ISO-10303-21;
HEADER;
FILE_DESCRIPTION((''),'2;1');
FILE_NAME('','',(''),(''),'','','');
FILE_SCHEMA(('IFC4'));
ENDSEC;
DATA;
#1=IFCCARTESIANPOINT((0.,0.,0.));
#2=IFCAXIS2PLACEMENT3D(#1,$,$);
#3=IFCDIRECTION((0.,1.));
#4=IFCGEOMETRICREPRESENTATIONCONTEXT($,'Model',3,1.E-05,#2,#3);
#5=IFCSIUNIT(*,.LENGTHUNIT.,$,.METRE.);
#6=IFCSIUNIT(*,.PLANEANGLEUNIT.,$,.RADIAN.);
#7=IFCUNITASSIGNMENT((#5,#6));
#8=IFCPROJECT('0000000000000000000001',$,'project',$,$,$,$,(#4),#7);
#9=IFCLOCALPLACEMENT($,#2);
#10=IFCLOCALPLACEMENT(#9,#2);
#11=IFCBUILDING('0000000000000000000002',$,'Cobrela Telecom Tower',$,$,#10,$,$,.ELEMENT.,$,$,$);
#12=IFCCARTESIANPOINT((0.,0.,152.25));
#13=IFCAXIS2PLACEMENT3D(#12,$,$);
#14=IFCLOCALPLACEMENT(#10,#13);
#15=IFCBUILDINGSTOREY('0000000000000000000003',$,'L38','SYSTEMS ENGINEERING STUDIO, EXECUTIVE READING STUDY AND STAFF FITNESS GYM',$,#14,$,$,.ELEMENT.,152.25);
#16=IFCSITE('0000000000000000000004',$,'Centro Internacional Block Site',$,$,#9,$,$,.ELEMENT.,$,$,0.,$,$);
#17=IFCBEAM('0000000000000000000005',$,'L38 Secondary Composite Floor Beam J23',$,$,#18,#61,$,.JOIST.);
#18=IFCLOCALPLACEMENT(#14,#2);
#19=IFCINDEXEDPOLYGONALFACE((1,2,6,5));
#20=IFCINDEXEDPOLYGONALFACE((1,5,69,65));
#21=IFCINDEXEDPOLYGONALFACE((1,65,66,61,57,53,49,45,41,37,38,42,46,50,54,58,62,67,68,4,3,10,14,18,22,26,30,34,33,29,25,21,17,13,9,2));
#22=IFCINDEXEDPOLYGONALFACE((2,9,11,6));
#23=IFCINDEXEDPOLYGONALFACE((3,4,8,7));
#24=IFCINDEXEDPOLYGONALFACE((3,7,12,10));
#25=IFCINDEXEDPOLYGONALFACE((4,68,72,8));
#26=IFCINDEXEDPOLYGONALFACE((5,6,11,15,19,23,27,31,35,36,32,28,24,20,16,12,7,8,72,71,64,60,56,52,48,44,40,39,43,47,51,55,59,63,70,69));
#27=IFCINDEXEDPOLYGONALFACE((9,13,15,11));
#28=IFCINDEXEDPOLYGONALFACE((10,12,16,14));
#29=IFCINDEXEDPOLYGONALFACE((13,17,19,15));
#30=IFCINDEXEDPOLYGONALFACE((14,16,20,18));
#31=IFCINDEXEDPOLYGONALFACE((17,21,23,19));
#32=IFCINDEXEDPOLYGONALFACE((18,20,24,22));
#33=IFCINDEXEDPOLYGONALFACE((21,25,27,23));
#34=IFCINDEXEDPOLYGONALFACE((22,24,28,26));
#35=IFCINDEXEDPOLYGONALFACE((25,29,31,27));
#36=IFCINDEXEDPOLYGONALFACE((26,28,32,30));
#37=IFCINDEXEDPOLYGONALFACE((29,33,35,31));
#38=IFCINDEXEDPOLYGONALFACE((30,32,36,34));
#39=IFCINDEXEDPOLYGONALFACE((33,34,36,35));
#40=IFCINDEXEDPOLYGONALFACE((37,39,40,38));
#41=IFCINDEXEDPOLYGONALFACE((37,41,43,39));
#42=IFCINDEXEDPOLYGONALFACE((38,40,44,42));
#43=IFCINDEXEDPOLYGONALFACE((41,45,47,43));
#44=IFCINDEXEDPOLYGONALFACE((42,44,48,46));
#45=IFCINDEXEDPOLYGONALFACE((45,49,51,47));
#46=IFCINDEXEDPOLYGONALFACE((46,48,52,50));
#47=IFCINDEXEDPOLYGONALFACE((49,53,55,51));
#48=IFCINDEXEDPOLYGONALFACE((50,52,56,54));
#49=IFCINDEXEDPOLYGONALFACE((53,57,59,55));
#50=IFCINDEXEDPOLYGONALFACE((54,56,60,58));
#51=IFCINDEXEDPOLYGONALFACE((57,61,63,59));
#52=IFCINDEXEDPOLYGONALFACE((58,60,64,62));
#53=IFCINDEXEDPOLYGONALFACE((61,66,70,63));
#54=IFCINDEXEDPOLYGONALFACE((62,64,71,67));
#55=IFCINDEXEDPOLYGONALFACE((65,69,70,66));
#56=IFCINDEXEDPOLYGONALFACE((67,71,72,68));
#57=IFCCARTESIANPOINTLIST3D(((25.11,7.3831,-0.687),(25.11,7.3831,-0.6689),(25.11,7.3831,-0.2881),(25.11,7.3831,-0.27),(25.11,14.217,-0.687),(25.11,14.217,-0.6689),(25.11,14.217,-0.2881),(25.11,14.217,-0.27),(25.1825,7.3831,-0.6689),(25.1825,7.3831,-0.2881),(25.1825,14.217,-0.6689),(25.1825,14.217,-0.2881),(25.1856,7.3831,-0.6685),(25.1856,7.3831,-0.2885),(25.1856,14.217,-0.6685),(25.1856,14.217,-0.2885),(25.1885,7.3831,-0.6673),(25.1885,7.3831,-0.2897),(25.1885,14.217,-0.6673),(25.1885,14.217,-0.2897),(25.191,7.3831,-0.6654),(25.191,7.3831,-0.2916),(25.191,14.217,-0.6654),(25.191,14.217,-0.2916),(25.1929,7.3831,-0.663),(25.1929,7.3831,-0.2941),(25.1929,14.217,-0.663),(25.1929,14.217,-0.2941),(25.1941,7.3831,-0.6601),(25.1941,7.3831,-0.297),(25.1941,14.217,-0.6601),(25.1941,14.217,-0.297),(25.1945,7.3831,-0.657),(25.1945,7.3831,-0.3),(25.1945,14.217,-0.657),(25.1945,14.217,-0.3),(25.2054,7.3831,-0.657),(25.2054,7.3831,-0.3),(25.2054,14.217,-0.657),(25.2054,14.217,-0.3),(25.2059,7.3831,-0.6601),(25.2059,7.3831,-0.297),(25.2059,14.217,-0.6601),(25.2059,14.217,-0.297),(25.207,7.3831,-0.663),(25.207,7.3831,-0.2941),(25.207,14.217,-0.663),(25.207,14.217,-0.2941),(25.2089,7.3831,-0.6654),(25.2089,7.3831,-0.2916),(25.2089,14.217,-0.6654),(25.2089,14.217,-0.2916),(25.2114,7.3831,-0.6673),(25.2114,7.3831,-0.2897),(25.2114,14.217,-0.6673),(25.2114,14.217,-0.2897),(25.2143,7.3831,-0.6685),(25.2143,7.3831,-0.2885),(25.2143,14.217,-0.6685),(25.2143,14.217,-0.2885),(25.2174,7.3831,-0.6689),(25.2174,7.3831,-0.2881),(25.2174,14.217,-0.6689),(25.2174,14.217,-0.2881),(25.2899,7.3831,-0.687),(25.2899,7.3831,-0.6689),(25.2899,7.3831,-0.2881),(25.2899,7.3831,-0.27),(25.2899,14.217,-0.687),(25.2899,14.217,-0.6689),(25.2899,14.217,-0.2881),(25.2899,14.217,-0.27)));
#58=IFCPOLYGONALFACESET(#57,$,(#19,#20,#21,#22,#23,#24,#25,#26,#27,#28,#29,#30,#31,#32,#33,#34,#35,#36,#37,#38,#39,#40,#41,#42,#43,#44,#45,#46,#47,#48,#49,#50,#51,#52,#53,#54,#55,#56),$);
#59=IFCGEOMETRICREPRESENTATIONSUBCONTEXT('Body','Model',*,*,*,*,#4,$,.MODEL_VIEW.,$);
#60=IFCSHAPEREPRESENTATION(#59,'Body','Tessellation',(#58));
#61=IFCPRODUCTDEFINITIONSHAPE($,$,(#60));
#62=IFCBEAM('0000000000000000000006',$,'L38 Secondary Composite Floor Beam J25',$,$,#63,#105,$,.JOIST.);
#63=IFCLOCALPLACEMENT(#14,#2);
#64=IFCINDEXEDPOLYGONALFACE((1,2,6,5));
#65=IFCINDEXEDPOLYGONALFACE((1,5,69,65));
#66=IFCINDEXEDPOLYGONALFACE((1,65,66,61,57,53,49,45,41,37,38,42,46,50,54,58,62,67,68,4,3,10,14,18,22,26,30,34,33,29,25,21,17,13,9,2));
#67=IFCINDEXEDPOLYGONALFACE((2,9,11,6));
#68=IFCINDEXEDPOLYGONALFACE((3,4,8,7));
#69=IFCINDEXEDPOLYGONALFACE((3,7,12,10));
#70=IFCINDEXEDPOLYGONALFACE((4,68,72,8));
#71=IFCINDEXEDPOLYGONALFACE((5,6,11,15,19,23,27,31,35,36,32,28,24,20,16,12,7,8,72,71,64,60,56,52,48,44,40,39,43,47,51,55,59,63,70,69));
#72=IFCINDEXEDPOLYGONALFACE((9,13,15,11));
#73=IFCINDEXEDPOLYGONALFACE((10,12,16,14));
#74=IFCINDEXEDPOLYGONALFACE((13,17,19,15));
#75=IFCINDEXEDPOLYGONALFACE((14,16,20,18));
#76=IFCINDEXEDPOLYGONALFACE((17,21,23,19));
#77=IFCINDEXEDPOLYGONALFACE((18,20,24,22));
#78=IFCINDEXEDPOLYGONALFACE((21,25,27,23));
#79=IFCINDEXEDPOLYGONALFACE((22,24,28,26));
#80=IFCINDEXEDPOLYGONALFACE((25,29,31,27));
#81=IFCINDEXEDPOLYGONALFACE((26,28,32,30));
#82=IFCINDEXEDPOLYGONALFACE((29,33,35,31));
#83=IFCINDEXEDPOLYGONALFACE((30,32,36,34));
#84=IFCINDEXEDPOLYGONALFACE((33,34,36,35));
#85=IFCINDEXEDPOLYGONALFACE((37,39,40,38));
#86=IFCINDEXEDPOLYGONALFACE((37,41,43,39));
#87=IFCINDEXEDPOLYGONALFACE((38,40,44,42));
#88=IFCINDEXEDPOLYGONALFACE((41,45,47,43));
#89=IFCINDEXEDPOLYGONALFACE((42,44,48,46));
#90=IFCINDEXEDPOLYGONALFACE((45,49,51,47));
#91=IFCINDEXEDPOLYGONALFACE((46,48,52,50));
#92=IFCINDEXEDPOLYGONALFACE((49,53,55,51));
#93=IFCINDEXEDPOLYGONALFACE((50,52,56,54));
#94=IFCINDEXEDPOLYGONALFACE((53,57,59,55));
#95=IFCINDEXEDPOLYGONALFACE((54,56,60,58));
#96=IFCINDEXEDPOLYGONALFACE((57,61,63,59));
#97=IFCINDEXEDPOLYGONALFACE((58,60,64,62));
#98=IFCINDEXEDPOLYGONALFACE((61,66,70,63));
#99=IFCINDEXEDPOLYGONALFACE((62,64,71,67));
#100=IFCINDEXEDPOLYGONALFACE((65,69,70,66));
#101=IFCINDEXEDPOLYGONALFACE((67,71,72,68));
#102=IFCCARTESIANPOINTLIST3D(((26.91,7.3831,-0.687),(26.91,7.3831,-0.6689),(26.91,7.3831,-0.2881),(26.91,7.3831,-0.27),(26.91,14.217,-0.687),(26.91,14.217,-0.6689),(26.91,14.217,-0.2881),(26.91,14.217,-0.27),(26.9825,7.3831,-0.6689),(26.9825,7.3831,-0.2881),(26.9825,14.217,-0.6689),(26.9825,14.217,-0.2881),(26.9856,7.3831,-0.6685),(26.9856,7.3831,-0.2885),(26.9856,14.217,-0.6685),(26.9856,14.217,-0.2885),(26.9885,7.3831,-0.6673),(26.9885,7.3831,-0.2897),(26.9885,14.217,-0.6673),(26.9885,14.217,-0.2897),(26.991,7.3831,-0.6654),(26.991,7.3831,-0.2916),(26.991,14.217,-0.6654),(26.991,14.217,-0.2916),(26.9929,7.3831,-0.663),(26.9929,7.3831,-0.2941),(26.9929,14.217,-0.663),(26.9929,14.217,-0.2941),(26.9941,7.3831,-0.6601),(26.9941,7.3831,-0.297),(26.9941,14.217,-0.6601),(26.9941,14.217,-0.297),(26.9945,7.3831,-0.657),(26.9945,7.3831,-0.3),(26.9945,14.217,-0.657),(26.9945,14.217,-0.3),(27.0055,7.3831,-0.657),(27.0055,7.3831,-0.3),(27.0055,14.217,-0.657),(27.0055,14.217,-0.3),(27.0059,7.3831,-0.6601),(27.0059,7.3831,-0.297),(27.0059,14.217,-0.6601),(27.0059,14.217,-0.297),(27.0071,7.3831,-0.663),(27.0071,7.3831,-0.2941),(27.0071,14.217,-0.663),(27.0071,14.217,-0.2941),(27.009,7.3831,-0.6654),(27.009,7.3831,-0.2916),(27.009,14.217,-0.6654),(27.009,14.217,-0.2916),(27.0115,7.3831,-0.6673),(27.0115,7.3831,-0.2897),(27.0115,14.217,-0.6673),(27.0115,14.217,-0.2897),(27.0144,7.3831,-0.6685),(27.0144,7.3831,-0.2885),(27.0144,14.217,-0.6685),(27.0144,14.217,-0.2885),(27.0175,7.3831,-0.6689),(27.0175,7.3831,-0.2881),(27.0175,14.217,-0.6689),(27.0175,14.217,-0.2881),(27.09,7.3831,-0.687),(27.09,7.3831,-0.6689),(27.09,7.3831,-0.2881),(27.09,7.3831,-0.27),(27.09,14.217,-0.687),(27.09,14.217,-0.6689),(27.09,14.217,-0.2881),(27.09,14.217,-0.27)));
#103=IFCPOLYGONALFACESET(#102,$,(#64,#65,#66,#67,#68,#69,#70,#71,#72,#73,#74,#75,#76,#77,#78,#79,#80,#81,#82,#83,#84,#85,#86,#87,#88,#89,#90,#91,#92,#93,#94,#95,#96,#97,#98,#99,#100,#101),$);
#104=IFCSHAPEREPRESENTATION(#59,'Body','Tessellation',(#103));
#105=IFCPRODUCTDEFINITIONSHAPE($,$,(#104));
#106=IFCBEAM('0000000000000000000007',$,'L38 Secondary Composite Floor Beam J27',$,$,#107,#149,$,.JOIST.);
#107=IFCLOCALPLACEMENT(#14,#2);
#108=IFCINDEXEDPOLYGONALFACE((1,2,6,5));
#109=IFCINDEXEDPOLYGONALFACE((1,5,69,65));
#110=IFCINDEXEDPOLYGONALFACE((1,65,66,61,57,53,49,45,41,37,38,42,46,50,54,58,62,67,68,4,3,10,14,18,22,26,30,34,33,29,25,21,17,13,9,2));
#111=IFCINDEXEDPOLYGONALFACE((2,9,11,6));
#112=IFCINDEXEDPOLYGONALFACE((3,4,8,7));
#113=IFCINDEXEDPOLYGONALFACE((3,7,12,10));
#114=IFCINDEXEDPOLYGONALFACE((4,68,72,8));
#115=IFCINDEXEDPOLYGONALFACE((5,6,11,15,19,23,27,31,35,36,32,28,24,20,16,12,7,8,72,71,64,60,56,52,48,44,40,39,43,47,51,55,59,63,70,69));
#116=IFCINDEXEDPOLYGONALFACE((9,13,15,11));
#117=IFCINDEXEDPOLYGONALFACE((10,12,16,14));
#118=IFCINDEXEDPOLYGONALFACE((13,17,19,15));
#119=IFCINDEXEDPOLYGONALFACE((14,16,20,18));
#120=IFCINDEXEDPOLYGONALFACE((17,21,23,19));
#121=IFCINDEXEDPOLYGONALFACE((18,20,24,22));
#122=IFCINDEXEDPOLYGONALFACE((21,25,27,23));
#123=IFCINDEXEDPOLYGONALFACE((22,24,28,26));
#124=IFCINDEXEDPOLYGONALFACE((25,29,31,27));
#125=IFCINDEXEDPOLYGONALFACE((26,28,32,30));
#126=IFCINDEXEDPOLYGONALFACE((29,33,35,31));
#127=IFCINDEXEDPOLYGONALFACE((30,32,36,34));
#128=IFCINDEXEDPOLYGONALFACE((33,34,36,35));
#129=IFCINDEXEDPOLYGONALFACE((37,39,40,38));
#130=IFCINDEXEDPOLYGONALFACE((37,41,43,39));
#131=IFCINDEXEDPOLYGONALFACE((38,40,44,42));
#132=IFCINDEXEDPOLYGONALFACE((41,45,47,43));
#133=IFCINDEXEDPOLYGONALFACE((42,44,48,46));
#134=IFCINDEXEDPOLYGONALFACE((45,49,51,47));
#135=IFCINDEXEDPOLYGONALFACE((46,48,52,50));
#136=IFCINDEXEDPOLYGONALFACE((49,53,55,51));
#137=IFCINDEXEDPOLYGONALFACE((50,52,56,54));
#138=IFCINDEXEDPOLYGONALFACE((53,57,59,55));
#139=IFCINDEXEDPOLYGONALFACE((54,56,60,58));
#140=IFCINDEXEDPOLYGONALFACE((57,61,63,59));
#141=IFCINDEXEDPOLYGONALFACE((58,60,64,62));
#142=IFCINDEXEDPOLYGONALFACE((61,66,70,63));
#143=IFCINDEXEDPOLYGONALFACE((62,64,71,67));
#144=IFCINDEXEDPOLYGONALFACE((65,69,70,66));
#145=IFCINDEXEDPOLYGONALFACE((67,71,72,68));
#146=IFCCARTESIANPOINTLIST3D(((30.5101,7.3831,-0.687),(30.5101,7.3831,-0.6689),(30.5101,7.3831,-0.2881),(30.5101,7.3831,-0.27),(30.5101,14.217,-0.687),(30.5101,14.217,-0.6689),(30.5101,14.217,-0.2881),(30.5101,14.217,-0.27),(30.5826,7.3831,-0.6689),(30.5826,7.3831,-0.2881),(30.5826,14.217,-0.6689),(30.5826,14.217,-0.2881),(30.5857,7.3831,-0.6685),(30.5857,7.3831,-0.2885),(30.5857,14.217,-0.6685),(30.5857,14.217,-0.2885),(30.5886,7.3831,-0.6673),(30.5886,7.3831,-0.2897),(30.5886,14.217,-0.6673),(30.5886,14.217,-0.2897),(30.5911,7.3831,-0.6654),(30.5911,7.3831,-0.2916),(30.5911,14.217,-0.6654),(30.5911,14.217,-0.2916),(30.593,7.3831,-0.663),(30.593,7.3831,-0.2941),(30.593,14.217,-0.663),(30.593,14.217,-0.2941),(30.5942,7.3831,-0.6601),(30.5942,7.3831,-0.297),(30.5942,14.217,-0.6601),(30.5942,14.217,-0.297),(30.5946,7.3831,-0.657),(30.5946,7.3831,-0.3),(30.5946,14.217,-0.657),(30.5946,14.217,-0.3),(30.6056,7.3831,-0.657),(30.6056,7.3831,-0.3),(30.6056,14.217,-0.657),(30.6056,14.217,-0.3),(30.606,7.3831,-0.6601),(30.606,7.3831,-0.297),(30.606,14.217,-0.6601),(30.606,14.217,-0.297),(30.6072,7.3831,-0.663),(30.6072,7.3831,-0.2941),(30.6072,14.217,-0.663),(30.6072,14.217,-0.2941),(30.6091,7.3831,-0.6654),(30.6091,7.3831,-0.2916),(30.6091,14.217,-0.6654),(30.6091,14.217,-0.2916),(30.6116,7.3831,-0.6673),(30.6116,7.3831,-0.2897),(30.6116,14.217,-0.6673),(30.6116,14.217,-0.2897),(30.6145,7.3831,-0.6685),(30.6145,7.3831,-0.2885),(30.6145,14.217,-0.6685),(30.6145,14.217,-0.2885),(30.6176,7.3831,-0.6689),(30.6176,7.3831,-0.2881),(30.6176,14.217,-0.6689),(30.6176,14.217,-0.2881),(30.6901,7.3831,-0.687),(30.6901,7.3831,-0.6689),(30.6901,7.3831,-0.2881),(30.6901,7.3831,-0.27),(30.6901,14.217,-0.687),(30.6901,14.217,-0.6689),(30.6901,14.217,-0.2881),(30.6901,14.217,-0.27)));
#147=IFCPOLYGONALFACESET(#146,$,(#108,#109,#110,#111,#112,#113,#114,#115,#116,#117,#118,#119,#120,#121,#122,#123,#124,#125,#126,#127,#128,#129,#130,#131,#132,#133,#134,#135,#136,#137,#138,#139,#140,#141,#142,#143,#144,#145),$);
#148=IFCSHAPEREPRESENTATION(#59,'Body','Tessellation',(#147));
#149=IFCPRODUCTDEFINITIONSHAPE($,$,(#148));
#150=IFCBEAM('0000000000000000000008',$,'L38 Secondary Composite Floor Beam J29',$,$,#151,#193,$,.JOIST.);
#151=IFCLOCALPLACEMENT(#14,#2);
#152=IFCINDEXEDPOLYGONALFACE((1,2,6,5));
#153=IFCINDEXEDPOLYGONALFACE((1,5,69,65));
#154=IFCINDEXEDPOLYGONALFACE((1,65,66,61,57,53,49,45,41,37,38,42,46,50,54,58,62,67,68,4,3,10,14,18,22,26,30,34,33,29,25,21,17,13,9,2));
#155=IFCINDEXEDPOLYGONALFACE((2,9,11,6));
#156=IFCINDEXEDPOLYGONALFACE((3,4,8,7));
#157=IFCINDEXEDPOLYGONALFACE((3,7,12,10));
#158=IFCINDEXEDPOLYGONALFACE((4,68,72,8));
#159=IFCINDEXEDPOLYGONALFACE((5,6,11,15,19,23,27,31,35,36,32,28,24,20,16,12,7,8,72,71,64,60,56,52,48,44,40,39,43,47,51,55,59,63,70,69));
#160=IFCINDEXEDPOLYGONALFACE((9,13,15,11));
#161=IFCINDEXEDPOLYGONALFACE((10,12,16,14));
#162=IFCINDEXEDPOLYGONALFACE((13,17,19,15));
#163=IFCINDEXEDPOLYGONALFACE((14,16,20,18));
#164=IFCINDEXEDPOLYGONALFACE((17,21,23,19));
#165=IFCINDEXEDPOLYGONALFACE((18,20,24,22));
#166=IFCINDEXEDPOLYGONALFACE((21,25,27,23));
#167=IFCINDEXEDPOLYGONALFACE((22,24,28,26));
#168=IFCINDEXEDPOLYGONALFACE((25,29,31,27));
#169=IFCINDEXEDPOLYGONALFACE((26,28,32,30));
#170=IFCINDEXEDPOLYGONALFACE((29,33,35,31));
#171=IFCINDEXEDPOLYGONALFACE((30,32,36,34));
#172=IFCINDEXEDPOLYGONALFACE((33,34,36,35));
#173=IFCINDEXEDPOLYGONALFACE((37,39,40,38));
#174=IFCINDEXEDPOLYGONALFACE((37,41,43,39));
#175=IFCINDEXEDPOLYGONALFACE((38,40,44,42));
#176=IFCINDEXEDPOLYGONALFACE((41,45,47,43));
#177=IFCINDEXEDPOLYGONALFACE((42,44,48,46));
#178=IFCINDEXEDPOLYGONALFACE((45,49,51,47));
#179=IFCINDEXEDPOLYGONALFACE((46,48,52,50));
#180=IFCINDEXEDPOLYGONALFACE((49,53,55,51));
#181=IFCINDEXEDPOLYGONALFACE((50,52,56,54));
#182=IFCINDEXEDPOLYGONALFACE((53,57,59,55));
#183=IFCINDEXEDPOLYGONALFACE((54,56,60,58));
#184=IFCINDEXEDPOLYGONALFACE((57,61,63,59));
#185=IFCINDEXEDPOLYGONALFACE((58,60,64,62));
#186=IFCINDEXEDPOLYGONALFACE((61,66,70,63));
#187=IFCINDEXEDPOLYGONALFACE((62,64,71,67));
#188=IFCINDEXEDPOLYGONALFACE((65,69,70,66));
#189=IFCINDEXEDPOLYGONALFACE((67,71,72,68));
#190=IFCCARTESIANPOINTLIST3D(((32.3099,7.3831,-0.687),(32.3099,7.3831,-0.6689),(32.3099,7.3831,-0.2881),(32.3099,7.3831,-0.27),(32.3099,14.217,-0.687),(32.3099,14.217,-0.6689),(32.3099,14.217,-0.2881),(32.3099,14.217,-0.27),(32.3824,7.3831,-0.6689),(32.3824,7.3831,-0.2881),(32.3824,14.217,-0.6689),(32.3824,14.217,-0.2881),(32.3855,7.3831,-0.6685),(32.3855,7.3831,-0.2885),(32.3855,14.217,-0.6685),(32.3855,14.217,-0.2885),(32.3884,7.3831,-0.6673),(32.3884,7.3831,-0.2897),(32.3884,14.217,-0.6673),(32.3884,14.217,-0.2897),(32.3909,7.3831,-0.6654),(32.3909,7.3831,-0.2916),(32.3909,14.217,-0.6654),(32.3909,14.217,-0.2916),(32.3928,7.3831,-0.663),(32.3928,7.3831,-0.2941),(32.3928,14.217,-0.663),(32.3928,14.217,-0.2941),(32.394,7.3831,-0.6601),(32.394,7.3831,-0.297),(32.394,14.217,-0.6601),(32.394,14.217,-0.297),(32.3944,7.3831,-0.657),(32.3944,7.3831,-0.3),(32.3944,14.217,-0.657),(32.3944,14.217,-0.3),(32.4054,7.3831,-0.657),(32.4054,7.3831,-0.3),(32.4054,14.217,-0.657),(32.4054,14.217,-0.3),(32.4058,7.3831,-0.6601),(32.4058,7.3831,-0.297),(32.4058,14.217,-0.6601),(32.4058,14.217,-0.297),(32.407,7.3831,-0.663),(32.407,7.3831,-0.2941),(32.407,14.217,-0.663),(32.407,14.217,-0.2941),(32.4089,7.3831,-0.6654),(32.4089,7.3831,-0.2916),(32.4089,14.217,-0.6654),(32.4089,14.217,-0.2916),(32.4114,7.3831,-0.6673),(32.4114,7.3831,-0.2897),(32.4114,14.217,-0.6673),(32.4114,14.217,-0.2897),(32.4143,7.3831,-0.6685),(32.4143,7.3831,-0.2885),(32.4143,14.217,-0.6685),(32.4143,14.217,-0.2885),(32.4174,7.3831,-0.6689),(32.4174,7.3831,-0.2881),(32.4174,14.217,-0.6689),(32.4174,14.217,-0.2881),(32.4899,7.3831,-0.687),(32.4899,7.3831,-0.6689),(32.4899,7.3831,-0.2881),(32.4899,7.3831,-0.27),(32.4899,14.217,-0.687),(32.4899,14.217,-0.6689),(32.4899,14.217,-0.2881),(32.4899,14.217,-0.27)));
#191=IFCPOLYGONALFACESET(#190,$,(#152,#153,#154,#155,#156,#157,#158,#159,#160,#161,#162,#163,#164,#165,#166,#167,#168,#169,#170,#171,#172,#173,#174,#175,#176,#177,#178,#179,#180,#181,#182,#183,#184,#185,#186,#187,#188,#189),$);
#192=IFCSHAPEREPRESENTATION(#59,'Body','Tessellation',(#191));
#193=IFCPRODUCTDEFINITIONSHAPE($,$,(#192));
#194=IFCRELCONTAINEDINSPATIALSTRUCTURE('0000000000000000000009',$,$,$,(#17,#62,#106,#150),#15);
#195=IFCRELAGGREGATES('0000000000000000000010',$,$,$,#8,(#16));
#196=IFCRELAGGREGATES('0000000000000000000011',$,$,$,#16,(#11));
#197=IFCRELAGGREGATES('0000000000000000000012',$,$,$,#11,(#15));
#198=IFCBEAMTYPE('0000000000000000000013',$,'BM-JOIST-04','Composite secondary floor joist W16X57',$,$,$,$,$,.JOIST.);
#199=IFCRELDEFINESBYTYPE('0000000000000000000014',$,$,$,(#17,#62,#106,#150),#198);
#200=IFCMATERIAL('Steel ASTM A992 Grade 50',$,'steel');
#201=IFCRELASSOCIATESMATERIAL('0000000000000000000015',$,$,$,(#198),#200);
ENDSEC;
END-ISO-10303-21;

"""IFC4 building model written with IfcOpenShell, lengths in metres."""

from ifc_helpers import new_model, si_unit, direction, frame, origin, origin_2d, place, context, subcontext, project, spatial, i_section, extrude, material, material_profile, profile_set, type_object, element, save


model = new_model("IFC4")

# Units and contexts
model_context = context("Model", 3, precision=1e-05, world=origin(), true_north=direction((0.0, 1.0)))
body_context = subcontext(model_context, "Body", "Model", "MODEL_VIEW")
ifc_project = project(units=[si_unit("LENGTHUNIT", "METRE"), si_unit("PLANEANGLEUNIT", "RADIAN")], contexts=[model_context])

# Site, building, storey
site_placement = place(None, origin())
site = spatial("IfcSite", under=ifc_project, at=site_placement, Name="Centro Internacional Block Site", CompositionType="ELEMENT", RefElevation=0.0)
building_placement = place(site_placement, origin())
building = spatial("IfcBuilding", under=site, at=building_placement, Name="Cobrela Telecom Tower", CompositionType="ELEMENT")
storey_placement = place(building_placement, frame((0.0, 0.0, 152.25)))
storey = spatial("IfcBuildingStorey", under=building, at=storey_placement, Name="L38", Description="SYSTEMS ENGINEERING STUDIO, EXECUTIVE READING STUDY AND STAFF FITNESS GYM", CompositionType="ELEMENT", Elevation=152.25)

# Shared definitions
ifc_material_1 = material(Name="Steel ASTM A992 Grade 50", Category="steel")

# Beams
ifc_material_profile_1 = material_profile(ifc_material_1, i_section(OverallWidth=0.1799, OverallDepth=0.417, WebThickness=0.011, FlangeThickness=0.0181, FilletRadius=0.012, at=origin_2d()), Name="W16X57")
ifc_profile_set_1 = profile_set([ifc_material_profile_1], Name="Steel ASTM A992 Grade 50")
beam_type_1 = type_object("IfcBeamType", Name="BM-JOIST-04", Description="Composite secondary floor joist W16X57", PredefinedType="JOIST", material=ifc_profile_set_1)
for number, where, z_axis, x_axis, name in (
    (1, (25.2, 7.3831, -0.4785), (0.0, 1.0, 0.0), (-1.0, 0.0, 0.0), "L38 Secondary Composite Floor Beam J23"),
    (2, (27.0, 7.3831, -0.4785), (0.0, 1.0, 0.0), (-1.0, 0.0, 0.0), "L38 Secondary Composite Floor Beam J25"),
    (3, (30.6001, 7.3831, -0.4785), (0.0, 1.0, 0.0), (-1.0, 0.0, 0.0), "L38 Secondary Composite Floor Beam J27"),
    (4, (32.3999, 7.3831, -0.4785), (0.0, 1.0, 0.0), (-1.0, 0.0, 0.0), "L38 Secondary Composite Floor Beam J29"),
):
    element("IfcBeam", number, at=place(storey_placement, frame(where, z_axis=z_axis, x_axis=x_axis)), inside=storey, type_object=beam_type_1, Name=name, PredefinedType="JOIST", context=body_context, shape_type="SweptSolid", body=[
        extrude(i_section(OverallWidth=0.1799, OverallDepth=0.417, WebThickness=0.011, FlangeThickness=0.0181, FilletRadius=0.012, at=origin_2d()), origin(), (0.0, 0.0, 1.0), 6.834),
    ])

save(model, "model.ifc")
